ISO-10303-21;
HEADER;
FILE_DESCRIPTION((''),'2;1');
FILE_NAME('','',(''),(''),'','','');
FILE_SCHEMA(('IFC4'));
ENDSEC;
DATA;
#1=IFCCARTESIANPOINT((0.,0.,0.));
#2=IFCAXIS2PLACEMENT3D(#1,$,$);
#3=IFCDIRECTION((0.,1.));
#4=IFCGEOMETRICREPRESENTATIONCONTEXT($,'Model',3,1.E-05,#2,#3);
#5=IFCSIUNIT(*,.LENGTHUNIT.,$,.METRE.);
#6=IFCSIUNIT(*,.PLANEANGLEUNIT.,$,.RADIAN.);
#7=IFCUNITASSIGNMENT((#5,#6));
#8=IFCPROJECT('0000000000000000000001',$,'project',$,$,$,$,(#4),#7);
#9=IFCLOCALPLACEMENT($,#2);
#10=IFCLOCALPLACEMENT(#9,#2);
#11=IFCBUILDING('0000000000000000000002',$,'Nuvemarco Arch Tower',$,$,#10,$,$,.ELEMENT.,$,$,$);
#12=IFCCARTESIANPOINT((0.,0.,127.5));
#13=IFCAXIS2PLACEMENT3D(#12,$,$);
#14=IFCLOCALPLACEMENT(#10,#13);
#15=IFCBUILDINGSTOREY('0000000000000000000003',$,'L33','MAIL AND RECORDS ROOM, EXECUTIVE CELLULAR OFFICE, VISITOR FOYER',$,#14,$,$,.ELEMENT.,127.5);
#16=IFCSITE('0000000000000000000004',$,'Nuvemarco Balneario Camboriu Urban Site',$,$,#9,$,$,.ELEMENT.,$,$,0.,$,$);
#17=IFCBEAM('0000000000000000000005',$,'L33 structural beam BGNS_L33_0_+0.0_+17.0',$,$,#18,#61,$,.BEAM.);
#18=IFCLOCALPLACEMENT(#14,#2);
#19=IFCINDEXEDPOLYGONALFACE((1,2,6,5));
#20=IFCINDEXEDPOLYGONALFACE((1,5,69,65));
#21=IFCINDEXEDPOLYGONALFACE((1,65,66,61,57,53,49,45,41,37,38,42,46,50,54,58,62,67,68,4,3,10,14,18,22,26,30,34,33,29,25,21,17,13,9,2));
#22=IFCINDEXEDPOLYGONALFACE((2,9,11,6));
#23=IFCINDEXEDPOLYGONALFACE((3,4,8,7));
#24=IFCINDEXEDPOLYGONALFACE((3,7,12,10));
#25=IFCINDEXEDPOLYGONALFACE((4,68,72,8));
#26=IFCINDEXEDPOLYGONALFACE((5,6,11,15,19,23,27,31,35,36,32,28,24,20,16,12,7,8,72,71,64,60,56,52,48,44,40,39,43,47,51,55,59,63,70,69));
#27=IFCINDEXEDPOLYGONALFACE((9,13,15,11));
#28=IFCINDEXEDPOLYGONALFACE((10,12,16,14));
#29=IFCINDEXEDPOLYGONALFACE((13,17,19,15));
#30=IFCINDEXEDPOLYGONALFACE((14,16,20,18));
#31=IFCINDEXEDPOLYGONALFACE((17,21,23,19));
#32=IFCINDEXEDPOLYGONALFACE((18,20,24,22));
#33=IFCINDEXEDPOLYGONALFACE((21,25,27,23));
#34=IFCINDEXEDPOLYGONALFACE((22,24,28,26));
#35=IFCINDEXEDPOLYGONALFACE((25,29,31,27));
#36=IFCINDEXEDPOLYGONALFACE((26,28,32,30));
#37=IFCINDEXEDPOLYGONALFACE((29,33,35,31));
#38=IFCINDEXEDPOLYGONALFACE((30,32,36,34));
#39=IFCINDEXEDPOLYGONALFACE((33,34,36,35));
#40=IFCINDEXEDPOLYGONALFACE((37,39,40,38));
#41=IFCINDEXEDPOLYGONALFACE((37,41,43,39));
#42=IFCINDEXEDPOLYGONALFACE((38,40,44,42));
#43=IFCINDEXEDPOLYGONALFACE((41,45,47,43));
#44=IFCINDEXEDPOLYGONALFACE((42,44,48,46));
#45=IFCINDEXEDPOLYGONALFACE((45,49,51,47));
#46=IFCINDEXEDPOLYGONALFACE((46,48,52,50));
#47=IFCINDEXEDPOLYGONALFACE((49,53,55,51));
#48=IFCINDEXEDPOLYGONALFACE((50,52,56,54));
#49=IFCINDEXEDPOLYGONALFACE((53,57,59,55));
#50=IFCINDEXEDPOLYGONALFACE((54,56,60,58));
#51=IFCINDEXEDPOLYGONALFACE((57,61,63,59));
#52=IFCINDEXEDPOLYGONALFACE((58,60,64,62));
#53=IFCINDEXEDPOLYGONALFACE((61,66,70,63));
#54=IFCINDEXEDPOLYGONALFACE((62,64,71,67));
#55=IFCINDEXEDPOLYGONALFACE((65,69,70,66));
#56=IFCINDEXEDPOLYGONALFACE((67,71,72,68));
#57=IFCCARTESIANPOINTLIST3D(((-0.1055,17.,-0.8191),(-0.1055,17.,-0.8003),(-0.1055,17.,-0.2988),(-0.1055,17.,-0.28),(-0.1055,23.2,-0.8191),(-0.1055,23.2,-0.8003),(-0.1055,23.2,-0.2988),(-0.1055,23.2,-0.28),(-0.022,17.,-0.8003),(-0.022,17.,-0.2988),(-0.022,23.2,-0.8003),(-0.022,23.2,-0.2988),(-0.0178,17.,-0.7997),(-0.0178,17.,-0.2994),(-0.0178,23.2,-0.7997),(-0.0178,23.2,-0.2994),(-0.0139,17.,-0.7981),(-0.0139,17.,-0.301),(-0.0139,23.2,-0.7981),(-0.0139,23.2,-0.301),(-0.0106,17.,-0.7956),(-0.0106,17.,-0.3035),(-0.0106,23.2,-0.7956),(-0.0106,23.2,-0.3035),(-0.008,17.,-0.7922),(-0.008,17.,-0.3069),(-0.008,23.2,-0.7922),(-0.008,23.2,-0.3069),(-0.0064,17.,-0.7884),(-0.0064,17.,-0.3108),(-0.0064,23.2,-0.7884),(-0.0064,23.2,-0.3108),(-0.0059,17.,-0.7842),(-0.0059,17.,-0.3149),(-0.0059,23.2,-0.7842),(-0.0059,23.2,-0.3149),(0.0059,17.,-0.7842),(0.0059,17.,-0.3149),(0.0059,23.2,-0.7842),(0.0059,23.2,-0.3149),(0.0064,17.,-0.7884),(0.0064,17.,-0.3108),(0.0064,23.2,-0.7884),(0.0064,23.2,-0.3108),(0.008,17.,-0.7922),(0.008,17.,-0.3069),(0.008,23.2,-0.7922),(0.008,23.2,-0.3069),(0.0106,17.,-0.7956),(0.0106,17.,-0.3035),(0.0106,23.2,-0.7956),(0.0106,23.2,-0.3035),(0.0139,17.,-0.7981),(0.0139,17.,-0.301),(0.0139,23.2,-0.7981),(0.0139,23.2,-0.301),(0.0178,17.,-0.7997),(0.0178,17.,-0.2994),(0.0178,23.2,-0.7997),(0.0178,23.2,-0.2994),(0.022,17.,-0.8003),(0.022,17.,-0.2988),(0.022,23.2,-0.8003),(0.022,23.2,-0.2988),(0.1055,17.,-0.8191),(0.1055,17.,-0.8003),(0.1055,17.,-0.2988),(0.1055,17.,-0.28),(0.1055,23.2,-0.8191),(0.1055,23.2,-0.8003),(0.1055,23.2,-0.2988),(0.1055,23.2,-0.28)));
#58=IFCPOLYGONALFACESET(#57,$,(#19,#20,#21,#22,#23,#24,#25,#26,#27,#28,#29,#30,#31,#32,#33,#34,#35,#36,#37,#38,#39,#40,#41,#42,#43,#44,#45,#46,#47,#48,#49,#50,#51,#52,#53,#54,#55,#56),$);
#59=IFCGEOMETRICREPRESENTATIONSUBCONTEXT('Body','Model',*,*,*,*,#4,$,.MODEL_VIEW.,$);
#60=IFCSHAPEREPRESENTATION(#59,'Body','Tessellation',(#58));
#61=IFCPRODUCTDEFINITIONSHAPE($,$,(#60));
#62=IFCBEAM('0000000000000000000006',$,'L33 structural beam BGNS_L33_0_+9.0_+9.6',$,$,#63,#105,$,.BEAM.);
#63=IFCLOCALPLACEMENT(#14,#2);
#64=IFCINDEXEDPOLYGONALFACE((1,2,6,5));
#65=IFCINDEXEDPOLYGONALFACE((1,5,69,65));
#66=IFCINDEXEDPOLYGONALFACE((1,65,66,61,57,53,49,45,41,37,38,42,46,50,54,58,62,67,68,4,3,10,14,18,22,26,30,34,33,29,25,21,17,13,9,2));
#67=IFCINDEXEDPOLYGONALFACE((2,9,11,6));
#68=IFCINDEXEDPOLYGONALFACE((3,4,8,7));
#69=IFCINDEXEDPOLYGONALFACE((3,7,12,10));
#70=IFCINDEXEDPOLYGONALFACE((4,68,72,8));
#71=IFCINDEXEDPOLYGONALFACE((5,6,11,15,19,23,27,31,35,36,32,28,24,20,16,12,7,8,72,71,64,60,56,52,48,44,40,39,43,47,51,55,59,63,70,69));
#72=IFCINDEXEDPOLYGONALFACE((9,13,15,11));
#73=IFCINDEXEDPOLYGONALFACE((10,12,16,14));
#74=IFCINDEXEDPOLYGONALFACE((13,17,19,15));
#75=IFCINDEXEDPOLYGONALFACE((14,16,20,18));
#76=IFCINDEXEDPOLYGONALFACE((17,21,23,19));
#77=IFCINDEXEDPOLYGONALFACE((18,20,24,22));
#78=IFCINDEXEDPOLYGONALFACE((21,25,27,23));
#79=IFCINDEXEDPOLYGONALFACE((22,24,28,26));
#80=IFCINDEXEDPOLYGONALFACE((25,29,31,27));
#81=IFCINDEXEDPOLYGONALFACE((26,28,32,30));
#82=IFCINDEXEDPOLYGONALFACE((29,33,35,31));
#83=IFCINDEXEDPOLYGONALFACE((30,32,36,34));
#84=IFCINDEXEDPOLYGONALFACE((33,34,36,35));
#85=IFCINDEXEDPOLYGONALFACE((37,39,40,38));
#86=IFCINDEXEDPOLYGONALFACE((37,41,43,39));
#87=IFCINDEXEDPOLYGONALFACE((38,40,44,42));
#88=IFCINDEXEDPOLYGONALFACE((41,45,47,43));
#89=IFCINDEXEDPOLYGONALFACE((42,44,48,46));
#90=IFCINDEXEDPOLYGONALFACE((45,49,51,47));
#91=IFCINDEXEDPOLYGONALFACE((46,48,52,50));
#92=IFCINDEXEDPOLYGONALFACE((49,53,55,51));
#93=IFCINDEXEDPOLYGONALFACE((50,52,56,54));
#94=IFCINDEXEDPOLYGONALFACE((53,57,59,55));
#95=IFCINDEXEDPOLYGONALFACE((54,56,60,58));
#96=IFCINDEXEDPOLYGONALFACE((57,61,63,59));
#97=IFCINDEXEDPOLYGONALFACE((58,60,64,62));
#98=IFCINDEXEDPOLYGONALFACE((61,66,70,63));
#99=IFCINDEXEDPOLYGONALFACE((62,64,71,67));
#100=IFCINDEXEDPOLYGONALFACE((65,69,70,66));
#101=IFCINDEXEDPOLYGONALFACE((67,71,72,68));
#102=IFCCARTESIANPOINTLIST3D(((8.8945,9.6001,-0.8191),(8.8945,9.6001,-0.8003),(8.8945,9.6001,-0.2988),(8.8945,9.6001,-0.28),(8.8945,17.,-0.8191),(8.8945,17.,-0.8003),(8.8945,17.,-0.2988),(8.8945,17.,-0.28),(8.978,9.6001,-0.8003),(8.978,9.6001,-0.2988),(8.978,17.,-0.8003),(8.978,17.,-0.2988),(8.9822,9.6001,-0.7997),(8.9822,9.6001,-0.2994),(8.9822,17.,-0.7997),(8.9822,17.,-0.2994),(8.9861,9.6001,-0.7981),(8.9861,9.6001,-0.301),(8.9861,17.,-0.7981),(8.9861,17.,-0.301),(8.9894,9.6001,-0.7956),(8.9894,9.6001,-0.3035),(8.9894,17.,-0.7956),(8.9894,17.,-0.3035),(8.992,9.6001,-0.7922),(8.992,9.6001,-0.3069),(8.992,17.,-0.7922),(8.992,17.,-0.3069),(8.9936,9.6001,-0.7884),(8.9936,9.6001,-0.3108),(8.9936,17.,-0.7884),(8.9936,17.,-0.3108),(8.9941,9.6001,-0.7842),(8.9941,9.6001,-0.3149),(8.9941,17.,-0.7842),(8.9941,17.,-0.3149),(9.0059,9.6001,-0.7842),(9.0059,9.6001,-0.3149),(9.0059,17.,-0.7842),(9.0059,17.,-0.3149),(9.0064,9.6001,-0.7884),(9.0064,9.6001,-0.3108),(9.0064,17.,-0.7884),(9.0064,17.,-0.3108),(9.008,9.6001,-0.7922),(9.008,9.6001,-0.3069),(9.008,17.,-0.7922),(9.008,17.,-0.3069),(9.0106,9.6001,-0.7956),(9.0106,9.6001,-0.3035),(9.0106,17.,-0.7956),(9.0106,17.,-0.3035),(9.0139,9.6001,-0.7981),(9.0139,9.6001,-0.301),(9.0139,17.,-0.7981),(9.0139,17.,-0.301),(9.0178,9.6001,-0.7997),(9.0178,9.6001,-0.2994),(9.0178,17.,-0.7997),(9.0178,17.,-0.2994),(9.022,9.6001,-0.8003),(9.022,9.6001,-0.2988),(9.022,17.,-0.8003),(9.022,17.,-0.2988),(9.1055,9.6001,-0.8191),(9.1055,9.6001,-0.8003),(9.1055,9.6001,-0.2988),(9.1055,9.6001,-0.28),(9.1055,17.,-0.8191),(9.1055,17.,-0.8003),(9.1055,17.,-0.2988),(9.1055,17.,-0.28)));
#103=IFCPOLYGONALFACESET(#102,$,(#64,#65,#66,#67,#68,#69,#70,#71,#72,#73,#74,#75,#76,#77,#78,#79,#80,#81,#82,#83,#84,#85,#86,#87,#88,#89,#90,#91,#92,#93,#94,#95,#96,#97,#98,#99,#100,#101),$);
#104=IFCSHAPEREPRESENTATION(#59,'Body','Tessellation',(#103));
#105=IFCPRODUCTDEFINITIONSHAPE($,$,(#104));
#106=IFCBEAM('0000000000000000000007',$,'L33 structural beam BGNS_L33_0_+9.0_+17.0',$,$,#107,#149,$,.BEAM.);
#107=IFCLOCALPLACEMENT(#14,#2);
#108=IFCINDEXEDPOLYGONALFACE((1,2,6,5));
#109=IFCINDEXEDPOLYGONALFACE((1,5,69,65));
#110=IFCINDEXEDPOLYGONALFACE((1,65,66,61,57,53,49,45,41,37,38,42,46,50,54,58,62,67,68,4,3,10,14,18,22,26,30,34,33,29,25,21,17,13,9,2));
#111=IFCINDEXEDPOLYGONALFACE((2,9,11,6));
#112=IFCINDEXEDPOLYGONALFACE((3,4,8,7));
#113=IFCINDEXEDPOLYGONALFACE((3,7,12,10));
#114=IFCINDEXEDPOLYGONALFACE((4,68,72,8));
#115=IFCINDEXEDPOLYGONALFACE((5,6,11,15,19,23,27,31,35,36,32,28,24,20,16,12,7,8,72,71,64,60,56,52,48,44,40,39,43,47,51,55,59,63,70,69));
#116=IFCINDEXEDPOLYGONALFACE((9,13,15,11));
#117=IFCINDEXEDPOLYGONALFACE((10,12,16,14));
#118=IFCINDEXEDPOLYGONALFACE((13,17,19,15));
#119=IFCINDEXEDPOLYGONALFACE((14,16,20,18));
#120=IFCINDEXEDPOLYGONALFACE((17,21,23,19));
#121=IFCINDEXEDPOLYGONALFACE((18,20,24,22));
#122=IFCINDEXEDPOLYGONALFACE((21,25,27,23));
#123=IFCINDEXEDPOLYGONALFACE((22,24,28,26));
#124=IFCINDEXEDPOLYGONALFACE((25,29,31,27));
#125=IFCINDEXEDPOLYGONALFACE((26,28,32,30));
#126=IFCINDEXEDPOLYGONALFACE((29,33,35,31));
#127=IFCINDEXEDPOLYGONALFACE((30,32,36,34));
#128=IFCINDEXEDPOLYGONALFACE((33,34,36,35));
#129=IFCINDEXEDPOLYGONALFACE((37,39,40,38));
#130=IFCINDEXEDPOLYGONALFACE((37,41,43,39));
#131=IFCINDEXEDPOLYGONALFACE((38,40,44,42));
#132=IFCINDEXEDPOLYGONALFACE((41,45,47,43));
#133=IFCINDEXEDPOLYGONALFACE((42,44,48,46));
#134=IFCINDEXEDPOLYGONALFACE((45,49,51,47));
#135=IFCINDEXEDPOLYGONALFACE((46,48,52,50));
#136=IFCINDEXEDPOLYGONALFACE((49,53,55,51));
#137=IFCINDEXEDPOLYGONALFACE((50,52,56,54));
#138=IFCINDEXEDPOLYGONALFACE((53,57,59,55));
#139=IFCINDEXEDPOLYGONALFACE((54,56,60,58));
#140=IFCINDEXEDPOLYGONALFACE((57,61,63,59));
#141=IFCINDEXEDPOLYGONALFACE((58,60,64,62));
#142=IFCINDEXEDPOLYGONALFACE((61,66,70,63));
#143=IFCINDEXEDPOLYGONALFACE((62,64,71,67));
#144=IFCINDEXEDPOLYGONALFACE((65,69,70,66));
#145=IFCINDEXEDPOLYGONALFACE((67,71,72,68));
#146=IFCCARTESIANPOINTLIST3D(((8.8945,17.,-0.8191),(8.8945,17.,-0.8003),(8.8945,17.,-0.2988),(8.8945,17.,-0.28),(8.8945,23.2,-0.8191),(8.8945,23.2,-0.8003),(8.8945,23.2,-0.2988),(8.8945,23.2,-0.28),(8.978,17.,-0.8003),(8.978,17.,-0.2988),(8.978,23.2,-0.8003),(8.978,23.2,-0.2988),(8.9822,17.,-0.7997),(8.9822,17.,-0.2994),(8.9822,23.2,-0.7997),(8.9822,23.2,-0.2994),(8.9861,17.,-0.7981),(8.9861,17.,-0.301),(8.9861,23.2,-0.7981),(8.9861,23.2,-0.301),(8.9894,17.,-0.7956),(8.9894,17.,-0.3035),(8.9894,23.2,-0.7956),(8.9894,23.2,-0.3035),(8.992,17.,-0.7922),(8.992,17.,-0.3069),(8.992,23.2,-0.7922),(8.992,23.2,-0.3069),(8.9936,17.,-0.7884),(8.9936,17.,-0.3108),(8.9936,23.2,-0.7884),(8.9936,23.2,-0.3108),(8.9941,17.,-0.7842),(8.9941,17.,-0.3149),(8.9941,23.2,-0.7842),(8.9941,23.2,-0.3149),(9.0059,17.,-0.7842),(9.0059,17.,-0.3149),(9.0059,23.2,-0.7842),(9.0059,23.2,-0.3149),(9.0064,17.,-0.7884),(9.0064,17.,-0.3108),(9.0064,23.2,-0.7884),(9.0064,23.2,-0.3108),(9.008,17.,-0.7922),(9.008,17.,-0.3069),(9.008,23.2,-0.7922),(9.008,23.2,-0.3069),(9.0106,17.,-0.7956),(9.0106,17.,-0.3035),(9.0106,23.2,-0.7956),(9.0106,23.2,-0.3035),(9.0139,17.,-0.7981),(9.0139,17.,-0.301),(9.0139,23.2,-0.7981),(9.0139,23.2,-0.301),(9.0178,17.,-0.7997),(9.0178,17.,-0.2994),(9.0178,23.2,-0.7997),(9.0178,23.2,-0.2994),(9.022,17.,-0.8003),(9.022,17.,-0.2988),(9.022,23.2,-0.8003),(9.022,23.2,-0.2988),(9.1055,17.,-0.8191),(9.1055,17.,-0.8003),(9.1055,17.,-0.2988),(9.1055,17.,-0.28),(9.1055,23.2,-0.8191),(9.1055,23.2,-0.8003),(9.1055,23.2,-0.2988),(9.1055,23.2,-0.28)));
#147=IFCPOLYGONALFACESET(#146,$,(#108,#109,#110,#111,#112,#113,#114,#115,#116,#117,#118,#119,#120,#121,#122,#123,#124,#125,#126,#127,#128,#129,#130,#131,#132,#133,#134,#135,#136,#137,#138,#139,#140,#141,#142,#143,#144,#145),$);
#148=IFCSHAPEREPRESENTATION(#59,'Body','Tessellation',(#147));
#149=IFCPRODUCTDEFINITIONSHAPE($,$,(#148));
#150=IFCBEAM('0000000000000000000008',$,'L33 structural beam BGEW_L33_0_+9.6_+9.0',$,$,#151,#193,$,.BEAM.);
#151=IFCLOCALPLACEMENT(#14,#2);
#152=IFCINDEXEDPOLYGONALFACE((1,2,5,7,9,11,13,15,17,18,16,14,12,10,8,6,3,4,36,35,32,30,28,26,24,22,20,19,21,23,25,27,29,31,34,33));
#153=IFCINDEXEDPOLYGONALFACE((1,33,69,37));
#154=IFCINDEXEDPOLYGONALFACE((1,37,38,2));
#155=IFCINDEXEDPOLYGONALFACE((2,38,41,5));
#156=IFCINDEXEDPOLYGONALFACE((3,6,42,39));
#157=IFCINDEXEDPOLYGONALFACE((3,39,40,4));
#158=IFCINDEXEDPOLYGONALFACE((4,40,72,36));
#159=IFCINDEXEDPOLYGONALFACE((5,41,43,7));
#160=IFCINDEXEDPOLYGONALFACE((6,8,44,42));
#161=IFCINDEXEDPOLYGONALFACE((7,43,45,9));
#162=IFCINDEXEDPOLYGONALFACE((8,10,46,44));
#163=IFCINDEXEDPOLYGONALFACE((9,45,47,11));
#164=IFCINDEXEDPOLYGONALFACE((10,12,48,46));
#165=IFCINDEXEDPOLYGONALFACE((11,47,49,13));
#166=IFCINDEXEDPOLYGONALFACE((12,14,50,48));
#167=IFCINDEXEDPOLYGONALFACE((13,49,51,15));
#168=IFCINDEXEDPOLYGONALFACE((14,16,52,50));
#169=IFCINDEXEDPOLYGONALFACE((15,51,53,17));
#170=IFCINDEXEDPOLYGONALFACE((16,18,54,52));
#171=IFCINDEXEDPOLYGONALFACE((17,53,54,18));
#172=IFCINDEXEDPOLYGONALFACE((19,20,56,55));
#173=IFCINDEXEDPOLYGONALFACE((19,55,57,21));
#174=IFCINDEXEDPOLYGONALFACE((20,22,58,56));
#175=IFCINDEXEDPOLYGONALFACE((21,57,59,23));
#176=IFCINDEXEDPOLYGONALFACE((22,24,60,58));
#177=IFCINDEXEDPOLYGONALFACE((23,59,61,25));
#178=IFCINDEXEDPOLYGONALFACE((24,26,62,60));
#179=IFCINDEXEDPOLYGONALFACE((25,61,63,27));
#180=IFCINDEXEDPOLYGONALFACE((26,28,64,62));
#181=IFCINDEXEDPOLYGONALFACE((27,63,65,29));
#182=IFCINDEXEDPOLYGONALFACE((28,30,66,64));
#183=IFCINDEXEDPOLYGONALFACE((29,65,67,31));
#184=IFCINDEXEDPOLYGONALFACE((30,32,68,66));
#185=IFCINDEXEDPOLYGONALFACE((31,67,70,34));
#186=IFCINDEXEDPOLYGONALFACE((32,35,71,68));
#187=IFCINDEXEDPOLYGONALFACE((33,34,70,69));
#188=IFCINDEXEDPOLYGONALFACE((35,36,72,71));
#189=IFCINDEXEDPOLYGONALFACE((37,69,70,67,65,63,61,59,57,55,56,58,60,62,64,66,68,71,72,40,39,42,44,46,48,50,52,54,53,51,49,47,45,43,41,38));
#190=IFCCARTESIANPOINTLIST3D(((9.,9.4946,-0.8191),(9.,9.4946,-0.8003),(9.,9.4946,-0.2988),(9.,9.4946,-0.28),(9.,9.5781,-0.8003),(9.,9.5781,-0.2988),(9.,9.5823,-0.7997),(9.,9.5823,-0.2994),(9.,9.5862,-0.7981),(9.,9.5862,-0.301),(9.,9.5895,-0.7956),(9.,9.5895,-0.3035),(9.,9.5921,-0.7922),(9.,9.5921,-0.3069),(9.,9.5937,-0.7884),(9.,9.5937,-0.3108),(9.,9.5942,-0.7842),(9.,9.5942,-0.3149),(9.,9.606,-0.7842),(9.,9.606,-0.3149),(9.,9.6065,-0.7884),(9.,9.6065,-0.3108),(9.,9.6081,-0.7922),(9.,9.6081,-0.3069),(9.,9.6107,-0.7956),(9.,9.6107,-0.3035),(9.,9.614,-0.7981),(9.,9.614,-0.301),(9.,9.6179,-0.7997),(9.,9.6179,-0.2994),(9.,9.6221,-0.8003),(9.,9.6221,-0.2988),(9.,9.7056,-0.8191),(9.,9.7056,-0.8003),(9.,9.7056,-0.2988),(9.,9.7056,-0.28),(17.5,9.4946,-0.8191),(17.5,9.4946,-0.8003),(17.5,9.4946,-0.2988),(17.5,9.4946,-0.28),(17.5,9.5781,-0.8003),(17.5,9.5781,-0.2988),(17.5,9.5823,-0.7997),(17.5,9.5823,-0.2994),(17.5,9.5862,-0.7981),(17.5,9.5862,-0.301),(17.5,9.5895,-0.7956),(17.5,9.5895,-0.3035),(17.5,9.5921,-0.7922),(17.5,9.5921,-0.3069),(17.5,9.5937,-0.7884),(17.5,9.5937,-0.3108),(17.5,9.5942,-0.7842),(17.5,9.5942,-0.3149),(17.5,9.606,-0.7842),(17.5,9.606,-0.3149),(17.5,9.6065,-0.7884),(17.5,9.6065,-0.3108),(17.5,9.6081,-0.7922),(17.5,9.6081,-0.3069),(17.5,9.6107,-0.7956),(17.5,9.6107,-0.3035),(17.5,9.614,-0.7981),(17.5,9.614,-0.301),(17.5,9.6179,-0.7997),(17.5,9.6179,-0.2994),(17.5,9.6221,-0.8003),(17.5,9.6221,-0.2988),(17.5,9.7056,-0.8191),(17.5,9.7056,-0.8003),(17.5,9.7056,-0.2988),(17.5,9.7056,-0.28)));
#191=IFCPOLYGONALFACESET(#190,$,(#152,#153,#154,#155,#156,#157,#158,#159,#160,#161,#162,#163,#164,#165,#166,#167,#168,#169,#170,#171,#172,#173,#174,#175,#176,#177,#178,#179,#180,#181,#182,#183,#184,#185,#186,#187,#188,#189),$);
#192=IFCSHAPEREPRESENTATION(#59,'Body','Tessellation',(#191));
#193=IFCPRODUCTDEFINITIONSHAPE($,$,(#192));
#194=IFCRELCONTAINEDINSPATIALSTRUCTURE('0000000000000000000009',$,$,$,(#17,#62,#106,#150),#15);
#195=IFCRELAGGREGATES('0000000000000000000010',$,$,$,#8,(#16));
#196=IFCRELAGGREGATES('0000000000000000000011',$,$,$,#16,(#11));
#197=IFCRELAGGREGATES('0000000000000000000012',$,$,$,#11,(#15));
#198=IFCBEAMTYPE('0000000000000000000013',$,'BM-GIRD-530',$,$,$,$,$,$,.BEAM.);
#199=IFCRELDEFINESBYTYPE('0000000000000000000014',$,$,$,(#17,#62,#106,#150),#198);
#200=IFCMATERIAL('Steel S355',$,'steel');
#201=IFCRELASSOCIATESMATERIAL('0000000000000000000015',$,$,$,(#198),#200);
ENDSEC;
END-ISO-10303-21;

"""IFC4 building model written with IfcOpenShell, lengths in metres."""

from ifc_helpers import new_model, si_unit, direction, frame, origin, origin_2d, place, context, subcontext, project, spatial, i_section, extrude, material, material_profile, profile_set, type_object, element, save


model = new_model("IFC4")

# Units and contexts
model_context = context("Model", 3, precision=1e-05, world=origin(), true_north=direction((0.0, 1.0)))
body_context = subcontext(model_context, "Body", "Model", "MODEL_VIEW")
ifc_project = project(units=[si_unit("LENGTHUNIT", "METRE"), si_unit("PLANEANGLEUNIT", "RADIAN")], contexts=[model_context])

# Site, building, storey
site_placement = place(None, origin())
site = spatial("IfcSite", under=ifc_project, at=site_placement, Name="Nuvemarco Balneario Camboriu Urban Site", CompositionType="ELEMENT", RefElevation=0.0)
building_placement = place(site_placement, origin())
building = spatial("IfcBuilding", under=site, at=building_placement, Name="Nuvemarco Arch Tower", CompositionType="ELEMENT")
storey_placement = place(building_placement, frame((0.0, 0.0, 127.5)))
storey = spatial("IfcBuildingStorey", under=building, at=storey_placement, Name="L33", Description="MAIL AND RECORDS ROOM, EXECUTIVE CELLULAR OFFICE, VISITOR FOYER", CompositionType="ELEMENT", Elevation=127.5)

# Shared definitions
ifc_material_1 = material(Name="Steel S355", Category="steel")

# Beams
ifc_material_profile_1 = material_profile(ifc_material_1, i_section(OverallWidth=0.2109, OverallDepth=0.5391, WebThickness=0.0117, FlangeThickness=0.0188, FilletRadius=0.0161, at=origin_2d()), Name="W530x109")
ifc_profile_set_1 = profile_set([ifc_material_profile_1], Name="Steel S355")
beam_type_1 = type_object("IfcBeamType", Name="BM-GIRD-530", PredefinedType="BEAM", material=ifc_profile_set_1)
beam_1_placement = place(storey_placement, frame((0.0, 17.0, -0.5496), z_axis=(0.0, 1.0, 0.0), x_axis=(-1.0, 0.0, 0.0)))
element("IfcBeam", 1, at=beam_1_placement, inside=storey, type_object=beam_type_1, Name="L33 structural beam BGNS_L33_0_+0.0_+17.0", PredefinedType="BEAM", context=body_context, shape_type="SweptSolid", body=[
    extrude(i_section(OverallWidth=0.2109, OverallDepth=0.5391, WebThickness=0.0117, FlangeThickness=0.0188, FilletRadius=0.0161, at=origin_2d()), origin(), (0.0, 0.0, 1.0), 6.2),
])
beam_2_placement = place(storey_placement, frame((9.0, 9.6001, -0.5496), z_axis=(0.0, 1.0, 0.0), x_axis=(-1.0, 0.0, 0.0)))
element("IfcBeam", 2, at=beam_2_placement, inside=storey, type_object=beam_type_1, Name="L33 structural beam BGNS_L33_0_+9.0_+9.6", PredefinedType="BEAM", context=body_context, shape_type="SweptSolid", body=[
    extrude(i_section(OverallWidth=0.2109, OverallDepth=0.5391, WebThickness=0.0117, FlangeThickness=0.0188, FilletRadius=0.0161, at=origin_2d()), origin(), (0.0, 0.0, 1.0), 7.3999),
])
beam_3_placement = place(storey_placement, frame((9.0, 17.0, -0.5496), z_axis=(0.0, 1.0, 0.0), x_axis=(-1.0, 0.0, 0.0)))
element("IfcBeam", 3, at=beam_3_placement, inside=storey, type_object=beam_type_1, Name="L33 structural beam BGNS_L33_0_+9.0_+17.0", PredefinedType="BEAM", context=body_context, shape_type="SweptSolid", body=[
    extrude(i_section(OverallWidth=0.2109, OverallDepth=0.5391, WebThickness=0.0117, FlangeThickness=0.0188, FilletRadius=0.0161, at=origin_2d()), origin(), (0.0, 0.0, 1.0), 6.2),
])
beam_4_placement = place(storey_placement, frame((9.0, 9.6001, -0.5496), z_axis=(1.0, 0.0, 0.0), x_axis=(0.0, 1.0, 0.0)))
element("IfcBeam", 4, at=beam_4_placement, inside=storey, type_object=beam_type_1, Name="L33 structural beam BGEW_L33_0_+9.6_+9.0", PredefinedType="BEAM", context=body_context, shape_type="SweptSolid", body=[
    extrude(i_section(OverallWidth=0.2109, OverallDepth=0.5391, WebThickness=0.0117, FlangeThickness=0.0188, FilletRadius=0.0161, at=origin_2d()), origin(), (0.0, 0.0, 1.0), 8.5),
])

save(model, "model.ifc")
